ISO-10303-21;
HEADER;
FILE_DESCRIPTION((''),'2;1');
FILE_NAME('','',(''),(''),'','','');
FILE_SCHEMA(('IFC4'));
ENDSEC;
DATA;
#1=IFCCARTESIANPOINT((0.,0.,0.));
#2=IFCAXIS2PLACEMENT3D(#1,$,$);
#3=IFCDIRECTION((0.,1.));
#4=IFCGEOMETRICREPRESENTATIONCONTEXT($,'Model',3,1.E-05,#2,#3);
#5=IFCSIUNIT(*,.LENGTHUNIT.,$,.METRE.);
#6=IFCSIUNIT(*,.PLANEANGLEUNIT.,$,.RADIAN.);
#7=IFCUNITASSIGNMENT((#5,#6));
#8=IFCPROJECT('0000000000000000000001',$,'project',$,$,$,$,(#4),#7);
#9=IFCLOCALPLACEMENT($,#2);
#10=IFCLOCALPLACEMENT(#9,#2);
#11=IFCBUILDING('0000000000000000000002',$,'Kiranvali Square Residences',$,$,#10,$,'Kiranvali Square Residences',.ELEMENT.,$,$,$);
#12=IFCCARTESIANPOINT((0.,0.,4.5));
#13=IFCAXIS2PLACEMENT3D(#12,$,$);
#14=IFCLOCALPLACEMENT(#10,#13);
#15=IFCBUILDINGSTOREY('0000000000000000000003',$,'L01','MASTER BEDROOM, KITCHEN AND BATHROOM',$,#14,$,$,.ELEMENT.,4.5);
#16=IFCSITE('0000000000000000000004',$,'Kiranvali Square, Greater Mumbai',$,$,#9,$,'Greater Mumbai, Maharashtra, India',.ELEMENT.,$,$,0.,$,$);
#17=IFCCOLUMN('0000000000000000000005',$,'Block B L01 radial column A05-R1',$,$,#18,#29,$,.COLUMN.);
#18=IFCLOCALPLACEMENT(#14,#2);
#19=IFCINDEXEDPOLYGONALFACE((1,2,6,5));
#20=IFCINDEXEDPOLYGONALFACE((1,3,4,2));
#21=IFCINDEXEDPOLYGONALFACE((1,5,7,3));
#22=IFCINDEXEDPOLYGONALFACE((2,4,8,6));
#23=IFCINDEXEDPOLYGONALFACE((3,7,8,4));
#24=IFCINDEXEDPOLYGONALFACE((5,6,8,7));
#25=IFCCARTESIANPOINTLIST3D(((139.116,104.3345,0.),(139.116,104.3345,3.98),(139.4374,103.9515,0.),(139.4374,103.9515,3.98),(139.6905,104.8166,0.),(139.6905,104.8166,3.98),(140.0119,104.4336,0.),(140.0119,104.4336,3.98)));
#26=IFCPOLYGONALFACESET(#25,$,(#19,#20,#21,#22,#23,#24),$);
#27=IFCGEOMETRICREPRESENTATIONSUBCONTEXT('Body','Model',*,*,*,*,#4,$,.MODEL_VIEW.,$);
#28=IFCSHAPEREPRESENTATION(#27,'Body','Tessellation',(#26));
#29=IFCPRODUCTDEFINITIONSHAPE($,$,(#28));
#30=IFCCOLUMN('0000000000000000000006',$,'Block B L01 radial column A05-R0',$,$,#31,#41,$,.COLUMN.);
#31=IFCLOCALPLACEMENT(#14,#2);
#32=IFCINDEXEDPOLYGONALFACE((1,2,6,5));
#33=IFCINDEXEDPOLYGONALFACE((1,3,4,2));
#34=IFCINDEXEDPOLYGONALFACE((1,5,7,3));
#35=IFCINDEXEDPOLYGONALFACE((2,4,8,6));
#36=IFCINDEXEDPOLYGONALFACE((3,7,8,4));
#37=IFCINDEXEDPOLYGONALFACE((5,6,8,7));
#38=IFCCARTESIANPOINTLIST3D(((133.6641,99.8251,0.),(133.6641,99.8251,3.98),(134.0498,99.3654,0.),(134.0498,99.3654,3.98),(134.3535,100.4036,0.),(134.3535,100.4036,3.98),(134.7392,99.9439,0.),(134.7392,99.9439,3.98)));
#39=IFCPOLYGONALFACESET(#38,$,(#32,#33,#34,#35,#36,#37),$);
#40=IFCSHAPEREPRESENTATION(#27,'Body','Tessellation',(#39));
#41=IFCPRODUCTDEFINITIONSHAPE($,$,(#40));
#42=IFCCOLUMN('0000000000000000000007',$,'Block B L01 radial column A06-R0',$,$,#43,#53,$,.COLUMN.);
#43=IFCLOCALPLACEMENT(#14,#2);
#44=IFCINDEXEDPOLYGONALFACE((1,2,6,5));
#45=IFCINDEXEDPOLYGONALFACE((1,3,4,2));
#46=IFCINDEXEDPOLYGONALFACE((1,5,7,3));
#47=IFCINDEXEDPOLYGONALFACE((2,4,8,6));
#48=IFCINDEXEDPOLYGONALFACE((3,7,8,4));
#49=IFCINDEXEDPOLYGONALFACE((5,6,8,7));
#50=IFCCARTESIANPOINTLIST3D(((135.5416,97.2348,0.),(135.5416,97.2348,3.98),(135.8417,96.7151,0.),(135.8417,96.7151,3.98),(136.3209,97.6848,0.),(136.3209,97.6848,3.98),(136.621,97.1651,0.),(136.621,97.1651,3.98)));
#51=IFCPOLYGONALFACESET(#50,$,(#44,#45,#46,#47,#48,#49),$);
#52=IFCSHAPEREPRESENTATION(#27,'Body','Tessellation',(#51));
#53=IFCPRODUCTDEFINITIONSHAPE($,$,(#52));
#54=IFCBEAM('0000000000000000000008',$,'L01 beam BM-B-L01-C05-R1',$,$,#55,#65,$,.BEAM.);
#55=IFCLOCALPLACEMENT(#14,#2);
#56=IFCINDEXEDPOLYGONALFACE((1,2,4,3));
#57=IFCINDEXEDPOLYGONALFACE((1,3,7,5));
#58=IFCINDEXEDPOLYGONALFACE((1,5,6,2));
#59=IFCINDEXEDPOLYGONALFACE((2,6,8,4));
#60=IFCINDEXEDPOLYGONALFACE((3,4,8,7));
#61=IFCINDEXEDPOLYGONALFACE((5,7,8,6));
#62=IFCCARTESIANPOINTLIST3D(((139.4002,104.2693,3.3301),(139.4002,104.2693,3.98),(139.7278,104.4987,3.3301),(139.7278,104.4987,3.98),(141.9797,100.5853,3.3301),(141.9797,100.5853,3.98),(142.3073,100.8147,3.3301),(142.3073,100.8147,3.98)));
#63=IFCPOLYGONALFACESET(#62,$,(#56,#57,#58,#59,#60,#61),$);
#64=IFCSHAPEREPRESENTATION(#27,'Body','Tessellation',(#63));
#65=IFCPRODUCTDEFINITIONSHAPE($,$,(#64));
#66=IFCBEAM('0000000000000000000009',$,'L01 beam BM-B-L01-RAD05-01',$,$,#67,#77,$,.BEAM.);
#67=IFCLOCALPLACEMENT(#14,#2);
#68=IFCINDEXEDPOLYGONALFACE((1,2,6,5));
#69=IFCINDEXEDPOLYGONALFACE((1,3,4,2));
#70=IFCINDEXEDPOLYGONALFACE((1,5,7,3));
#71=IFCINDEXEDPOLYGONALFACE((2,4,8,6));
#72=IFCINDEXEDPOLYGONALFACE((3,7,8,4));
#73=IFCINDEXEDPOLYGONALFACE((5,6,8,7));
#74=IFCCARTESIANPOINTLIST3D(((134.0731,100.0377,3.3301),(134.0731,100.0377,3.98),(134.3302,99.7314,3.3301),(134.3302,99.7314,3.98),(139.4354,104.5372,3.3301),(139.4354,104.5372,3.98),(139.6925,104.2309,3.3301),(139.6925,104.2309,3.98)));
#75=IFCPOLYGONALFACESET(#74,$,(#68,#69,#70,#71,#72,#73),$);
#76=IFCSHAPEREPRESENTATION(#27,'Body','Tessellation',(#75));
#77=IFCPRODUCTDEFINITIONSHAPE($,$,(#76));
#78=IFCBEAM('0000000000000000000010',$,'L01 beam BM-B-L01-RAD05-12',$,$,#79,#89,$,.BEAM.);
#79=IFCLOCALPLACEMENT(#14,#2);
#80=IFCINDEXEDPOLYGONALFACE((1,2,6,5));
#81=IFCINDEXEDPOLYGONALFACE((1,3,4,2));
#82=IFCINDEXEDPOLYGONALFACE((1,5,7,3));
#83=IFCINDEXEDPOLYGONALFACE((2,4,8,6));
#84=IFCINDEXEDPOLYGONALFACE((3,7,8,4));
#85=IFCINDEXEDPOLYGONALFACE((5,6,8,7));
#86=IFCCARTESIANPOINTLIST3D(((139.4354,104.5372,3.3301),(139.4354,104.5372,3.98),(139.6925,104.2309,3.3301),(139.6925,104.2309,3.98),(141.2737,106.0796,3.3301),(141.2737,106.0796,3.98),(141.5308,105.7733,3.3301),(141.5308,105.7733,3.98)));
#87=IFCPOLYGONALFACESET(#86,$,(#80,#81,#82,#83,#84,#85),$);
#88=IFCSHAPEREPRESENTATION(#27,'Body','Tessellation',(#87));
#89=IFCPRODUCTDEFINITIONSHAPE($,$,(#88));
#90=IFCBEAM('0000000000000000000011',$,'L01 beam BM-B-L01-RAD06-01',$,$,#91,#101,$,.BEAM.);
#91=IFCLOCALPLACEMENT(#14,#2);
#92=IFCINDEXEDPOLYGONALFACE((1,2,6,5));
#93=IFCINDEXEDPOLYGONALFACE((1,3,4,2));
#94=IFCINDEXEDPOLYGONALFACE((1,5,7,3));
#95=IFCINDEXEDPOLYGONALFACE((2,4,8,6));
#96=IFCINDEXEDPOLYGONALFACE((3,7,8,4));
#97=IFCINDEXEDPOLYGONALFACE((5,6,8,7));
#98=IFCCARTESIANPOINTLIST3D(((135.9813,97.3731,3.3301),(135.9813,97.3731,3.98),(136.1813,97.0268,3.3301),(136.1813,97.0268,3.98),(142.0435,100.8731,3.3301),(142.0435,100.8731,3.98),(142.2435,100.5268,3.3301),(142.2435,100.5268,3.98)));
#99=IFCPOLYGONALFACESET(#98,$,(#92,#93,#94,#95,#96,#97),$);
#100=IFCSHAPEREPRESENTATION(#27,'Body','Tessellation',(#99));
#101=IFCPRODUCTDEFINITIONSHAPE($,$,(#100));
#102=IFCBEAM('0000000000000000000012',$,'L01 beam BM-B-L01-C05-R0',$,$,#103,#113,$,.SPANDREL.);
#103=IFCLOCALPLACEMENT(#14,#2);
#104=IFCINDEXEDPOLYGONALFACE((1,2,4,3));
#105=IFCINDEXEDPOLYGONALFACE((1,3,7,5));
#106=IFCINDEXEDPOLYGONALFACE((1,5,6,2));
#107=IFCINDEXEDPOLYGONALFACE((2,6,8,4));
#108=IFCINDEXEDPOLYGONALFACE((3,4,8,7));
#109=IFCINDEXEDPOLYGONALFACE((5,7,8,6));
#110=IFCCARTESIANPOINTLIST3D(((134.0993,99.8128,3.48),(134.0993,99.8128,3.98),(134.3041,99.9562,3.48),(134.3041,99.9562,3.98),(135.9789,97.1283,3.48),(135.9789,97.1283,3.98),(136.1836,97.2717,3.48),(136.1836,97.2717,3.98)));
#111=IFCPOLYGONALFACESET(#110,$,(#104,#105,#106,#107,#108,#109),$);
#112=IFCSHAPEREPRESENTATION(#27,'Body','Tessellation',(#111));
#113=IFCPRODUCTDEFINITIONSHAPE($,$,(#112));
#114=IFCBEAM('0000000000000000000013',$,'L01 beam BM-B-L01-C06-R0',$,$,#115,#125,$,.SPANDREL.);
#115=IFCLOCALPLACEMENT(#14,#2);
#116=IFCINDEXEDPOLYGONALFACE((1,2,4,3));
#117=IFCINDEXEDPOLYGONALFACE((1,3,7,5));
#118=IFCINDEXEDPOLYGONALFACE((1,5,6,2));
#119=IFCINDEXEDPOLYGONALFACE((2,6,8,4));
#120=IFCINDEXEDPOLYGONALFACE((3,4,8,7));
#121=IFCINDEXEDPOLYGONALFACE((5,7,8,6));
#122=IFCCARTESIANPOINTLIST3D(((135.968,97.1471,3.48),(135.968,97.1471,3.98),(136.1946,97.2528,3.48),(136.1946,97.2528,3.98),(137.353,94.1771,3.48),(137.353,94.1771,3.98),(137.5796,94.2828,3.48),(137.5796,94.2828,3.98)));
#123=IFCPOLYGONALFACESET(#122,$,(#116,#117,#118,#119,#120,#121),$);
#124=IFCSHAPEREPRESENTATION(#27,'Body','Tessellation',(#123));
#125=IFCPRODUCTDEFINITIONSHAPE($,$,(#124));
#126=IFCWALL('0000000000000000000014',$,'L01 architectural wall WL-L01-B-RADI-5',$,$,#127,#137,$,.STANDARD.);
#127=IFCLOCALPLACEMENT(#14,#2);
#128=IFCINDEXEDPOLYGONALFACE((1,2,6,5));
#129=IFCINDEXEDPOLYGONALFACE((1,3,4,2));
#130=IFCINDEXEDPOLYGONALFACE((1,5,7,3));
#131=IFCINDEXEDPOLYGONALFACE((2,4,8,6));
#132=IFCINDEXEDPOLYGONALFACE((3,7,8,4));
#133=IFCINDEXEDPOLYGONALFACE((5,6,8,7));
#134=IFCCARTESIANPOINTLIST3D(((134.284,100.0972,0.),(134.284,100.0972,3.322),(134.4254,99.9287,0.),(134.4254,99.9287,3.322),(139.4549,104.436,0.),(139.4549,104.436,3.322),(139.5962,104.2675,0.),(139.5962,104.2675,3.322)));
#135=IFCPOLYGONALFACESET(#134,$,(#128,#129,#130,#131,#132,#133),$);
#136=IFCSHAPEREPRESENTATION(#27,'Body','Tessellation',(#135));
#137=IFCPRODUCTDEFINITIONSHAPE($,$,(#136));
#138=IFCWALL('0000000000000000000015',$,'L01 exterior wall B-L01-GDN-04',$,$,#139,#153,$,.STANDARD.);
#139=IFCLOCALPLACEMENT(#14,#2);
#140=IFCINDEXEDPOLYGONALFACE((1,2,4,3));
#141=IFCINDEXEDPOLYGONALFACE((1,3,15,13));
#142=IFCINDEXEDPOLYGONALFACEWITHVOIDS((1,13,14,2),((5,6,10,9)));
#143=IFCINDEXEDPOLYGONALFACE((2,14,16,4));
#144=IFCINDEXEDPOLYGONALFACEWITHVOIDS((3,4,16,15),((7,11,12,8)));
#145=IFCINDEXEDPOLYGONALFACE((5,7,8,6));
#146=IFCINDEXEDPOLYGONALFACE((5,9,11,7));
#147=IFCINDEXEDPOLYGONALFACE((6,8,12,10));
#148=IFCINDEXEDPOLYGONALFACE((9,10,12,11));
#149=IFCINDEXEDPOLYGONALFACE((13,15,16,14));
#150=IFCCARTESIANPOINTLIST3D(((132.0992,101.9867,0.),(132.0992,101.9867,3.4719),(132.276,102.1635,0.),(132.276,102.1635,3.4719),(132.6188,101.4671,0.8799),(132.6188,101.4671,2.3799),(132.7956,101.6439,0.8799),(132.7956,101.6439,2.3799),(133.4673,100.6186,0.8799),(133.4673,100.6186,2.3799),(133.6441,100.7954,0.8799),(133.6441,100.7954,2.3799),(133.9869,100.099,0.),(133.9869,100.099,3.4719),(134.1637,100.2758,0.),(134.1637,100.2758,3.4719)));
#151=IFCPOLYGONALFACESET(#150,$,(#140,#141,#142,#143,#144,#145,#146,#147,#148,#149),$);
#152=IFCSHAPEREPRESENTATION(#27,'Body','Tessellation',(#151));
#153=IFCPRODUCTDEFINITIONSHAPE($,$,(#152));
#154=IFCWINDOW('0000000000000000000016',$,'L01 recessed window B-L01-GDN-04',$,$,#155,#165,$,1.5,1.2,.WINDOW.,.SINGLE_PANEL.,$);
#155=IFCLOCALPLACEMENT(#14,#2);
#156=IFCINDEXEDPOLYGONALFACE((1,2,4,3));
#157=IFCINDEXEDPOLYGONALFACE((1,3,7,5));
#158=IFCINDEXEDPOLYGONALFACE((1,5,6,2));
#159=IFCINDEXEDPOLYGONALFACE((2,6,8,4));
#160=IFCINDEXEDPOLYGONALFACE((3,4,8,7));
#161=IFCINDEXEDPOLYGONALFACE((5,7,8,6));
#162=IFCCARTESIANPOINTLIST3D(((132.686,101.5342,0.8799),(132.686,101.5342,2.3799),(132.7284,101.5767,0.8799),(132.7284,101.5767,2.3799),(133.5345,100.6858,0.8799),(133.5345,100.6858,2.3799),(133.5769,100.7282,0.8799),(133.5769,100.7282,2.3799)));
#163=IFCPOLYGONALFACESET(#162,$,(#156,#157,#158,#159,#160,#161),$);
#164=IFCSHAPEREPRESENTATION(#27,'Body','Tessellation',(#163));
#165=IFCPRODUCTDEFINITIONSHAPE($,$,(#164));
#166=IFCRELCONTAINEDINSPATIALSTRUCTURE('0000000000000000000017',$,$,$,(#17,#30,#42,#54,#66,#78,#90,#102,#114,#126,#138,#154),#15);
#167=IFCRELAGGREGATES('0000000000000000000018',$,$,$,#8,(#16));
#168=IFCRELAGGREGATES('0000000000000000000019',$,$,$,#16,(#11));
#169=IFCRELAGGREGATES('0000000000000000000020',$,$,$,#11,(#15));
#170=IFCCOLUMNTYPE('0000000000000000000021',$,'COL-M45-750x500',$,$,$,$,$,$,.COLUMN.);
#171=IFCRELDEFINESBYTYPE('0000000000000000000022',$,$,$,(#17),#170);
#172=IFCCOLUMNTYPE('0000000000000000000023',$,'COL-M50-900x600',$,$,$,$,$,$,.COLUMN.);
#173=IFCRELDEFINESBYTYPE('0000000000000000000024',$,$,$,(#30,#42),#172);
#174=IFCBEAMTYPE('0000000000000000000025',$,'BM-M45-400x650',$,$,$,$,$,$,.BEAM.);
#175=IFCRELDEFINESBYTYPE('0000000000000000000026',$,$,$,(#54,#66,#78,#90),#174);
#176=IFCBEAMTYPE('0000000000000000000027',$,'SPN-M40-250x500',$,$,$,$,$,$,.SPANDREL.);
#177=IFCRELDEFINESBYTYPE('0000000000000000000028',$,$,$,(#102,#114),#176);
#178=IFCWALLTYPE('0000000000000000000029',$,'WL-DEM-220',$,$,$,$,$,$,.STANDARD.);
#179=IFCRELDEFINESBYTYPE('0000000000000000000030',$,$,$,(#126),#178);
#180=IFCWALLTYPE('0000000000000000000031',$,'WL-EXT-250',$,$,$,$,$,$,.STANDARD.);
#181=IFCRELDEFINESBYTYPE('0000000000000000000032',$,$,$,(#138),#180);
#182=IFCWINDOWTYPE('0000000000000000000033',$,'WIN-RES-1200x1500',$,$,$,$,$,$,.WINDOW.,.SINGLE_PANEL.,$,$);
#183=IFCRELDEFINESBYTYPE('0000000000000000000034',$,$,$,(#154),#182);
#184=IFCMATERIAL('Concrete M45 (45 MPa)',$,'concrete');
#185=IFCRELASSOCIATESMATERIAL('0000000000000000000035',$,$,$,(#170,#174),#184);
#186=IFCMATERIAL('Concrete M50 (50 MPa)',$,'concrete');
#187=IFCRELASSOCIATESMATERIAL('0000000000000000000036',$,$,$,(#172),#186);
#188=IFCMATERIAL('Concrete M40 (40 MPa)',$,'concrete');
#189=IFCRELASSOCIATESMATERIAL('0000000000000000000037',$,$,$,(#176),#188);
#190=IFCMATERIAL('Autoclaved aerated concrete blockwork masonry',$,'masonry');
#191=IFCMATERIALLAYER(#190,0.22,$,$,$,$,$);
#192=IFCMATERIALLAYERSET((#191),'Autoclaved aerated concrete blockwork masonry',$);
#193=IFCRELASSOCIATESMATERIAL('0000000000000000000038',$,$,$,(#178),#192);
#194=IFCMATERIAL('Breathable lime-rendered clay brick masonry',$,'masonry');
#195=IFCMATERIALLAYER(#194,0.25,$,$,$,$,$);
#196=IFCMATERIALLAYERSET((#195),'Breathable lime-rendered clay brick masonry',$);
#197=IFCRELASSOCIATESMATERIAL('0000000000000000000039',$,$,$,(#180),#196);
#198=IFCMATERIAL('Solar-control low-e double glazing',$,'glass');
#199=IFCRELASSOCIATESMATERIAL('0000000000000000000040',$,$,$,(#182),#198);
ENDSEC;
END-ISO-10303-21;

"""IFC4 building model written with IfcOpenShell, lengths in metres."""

from ifc_helpers import new_model, si_unit, direction, frame, frame_2d, origin, origin_2d, place, context, subcontext, project, spatial, rectangle, extrude, material, layer, layer_set, material_profile, profile_set, type_object, element, fill, save


model = new_model("IFC4")

# Units and contexts
model_context = context("Model", 3, precision=1e-05, world=origin(), true_north=direction((0.0, 1.0)))
body_context = subcontext(model_context, "Body", "Model", "MODEL_VIEW")
ifc_project = project(units=[si_unit("LENGTHUNIT", "METRE"), si_unit("PLANEANGLEUNIT", "RADIAN")], contexts=[model_context])

# Site, building, storey
site_placement = place(None, origin())
site = spatial("IfcSite", under=ifc_project, at=site_placement, Name="Kiranvali Square, Greater Mumbai", LongName="Greater Mumbai, Maharashtra, India", CompositionType="ELEMENT", RefElevation=0.0)
building_placement = place(site_placement, origin())
building = spatial("IfcBuilding", under=site, at=building_placement, Name="Kiranvali Square Residences", LongName="Kiranvali Square Residences", CompositionType="ELEMENT")
storey_placement = place(building_placement, frame((0.0, 0.0, 4.5)))
storey = spatial("IfcBuildingStorey", under=building, at=storey_placement, Name="L01", Description="MASTER BEDROOM, KITCHEN AND BATHROOM", CompositionType="ELEMENT", Elevation=4.5)

# Columns
ifc_material_1 = material(Name="Concrete M45 (45 MPa)", Category="concrete")
ifc_material_profile_1 = material_profile(ifc_material_1, rectangle(XDim=0.5, YDim=0.75, at=origin_2d()), Name="RC 750x500")
ifc_profile_set_1 = profile_set([ifc_material_profile_1], Name="Concrete M45 (45 MPa)")
column_type_1 = type_object("IfcColumnType", Name="COL-M45-750x500", PredefinedType="COLUMN", material=ifc_profile_set_1)
column_placement = place(storey_placement, frame((139.564, 104.384, 0.0), z_axis=(0.0, 0.0, 1.0), x_axis=(-0.642788, 0.766044, 0.0)))
element("IfcColumn", 1, at=column_placement, inside=storey, type_object=column_type_1, Name="Block B L01 radial column A05-R1", PredefinedType="COLUMN", context=body_context, shape_type="SweptSolid", body=[
    extrude(rectangle(XDim=0.5, YDim=0.75, at=origin_2d()), origin(), (0.0, 0.0, 1.0), 3.98),
])
ifc_material_2 = material(Name="Concrete M50 (50 MPa)", Category="concrete")
ifc_material_profile_2 = material_profile(ifc_material_2, rectangle(XDim=0.6001, YDim=0.8999, at=origin_2d()), Name="RC 900x600")
ifc_profile_set_2 = profile_set([ifc_material_profile_2], Name="Concrete M50 (50 MPa)")
column_type_2 = type_object("IfcColumnType", Name="COL-M50-900x600", PredefinedType="COLUMN", material=ifc_profile_set_2)
for number, where, z_axis, x_axis, name in (
    (2, (134.2017, 99.8845, 0.0), (0.0, 0.0, 1.0), (-0.642788, 0.766044, 0.0), "Block B L01 radial column A05-R0"),
    (3, (136.0813, 97.2, 0.0), (0.0, 0.0, 1.0), (-0.5, 0.866025, 0.0), "Block B L01 radial column A06-R0"),
):
    element("IfcColumn", number, at=place(storey_placement, frame(where, z_axis=z_axis, x_axis=x_axis)), inside=storey, type_object=column_type_2, Name=name, PredefinedType="COLUMN", context=body_context, shape_type="SweptSolid", body=[
        extrude(rectangle(XDim=0.6001, YDim=0.8999, at=origin_2d()), origin(), (0.0, 0.0, 1.0), 3.98),
    ])

# Beams
ifc_material_profile_3 = material_profile(ifc_material_1, rectangle(XDim=0.3999, YDim=0.6499, at=origin_2d()), Name="RC 400x650")
ifc_profile_set_3 = profile_set([ifc_material_profile_3], Name="Concrete M45 (45 MPa)")
beam_type_1 = type_object("IfcBeamType", Name="BM-M45-400x650", PredefinedType="BEAM", material=ifc_profile_set_3)
beam_1_placement = place(storey_placement, frame((139.564, 104.384, 3.655), z_axis=(0.573572, -0.819155, 0.0), x_axis=(0.819155, 0.573572, 0.0)))
element("IfcBeam", 4, at=beam_1_placement, inside=storey, type_object=beam_type_1, Name="L01 beam BM-B-L01-C05-R1", PredefinedType="BEAM", context=body_context, shape_type="SweptSolid", body=[
    extrude(rectangle(XDim=0.3999, YDim=0.6499, at=origin_2d()), origin(), (0.0, 0.0, 1.0), 4.4973),
])
beam_2_placement = place(storey_placement, frame((134.2017, 99.8845, 3.655), z_axis=(0.766044, 0.642788, 0.0), x_axis=(-0.642788, 0.766044, 0.0)))
element("IfcBeam", 5, at=beam_2_placement, inside=storey, type_object=beam_type_1, Name="L01 beam BM-B-L01-RAD05-01", PredefinedType="BEAM", context=body_context, shape_type="SweptSolid", body=[
    extrude(rectangle(XDim=0.3999, YDim=0.6499, at=origin_2d()), origin(), (0.0, 0.0, 1.0), 7.0),
])
beam_3_placement = place(storey_placement, frame((139.564, 104.384, 3.655), z_axis=(0.766065, 0.642763, 0.0), x_axis=(-0.642763, 0.766065, 0.0)))
element("IfcBeam", 6, at=beam_3_placement, inside=storey, type_object=beam_type_1, Name="L01 beam BM-B-L01-RAD05-12", PredefinedType="BEAM", context=body_context, shape_type="SweptSolid", body=[
    extrude(rectangle(XDim=0.3999, YDim=0.6499, at=origin_2d()), origin(), (0.0, 0.0, 1.0), 2.3997),
])
beam_4_placement = place(storey_placement, frame((136.0813, 97.2, 3.655), z_axis=(0.866028, 0.499995, 0.0), x_axis=(-0.499995, 0.866028, 0.0)))
element("IfcBeam", 7, at=beam_4_placement, inside=storey, type_object=beam_type_1, Name="L01 beam BM-B-L01-RAD06-01", PredefinedType="BEAM", context=body_context, shape_type="SweptSolid", body=[
    extrude(rectangle(XDim=0.3999, YDim=0.6499, at=origin_2d()), origin(), (0.0, 0.0, 1.0), 7.0),
])
ifc_material_3 = material(Name="Concrete M40 (40 MPa)", Category="concrete")
ifc_material_profile_4 = material_profile(ifc_material_3, rectangle(XDim=0.25, YDim=0.5, at=origin_2d()), Name="RC 250x500")
ifc_profile_set_4 = profile_set([ifc_material_profile_4], Name="Concrete M40 (40 MPa)")
beam_type_2 = type_object("IfcBeamType", Name="SPN-M40-250x500", PredefinedType="SPANDREL", material=ifc_profile_set_4)
for number, where, z_axis, x_axis, name in (
    (8, (134.2017, 99.8845, 3.73), (0.573552, -0.819169, 0.0), (0.819169, 0.573552, 0.0), "L01 beam BM-B-L01-C05-R0"),
    (9, (136.0813, 97.2, 3.73), (0.422641, -0.906297, 0.0), (0.906297, 0.422641, 0.0), "L01 beam BM-B-L01-C06-R0"),
):
    element("IfcBeam", number, at=place(storey_placement, frame(where, z_axis=z_axis, x_axis=x_axis)), inside=storey, type_object=beam_type_2, Name=name, PredefinedType="SPANDREL", context=body_context, shape_type="SweptSolid", body=[
        extrude(rectangle(XDim=0.25, YDim=0.5, at=origin_2d()), origin(), (0.0, 0.0, 1.0), 3.2771),
    ])

# Wall
ifc_material_4 = material(Name="Autoclaved aerated concrete blockwork masonry", Category="masonry")
ifc_layer_1 = layer(ifc_material_4, 0.22)
ifc_layer_set_1 = layer_set([ifc_layer_1], Name="Autoclaved aerated concrete blockwork masonry")
wall_type_1 = type_object("IfcWallType", Name="WL-DEM-220", PredefinedType="STANDARD", material=ifc_layer_set_1)
wall_1_placement = place(storey_placement, frame((134.3547, 100.0129, 0.0), z_axis=(0.0, 0.0, 1.0), x_axis=(0.766047, 0.642785, 0.0)))
element("IfcWall", 10, at=wall_1_placement, inside=storey, type_object=wall_type_1, Name="L01 architectural wall WL-L01-B-RADI-5", PredefinedType="STANDARD", context=body_context, shape_type="SweptSolid", body=[
    extrude(rectangle(XDim=6.75, YDim=0.22, at=frame_2d((3.375, 0.0))), origin(), (0.0, 0.0, 1.0), 3.322),
])

# Wall, opening, window
ifc_material_5 = material(Name="Breathable lime-rendered clay brick masonry", Category="masonry")
ifc_layer_2 = layer(ifc_material_5, 0.25)
ifc_layer_set_2 = layer_set([ifc_layer_2], Name="Breathable lime-rendered clay brick masonry")
wall_type_2 = type_object("IfcWallType", Name="WL-EXT-250", PredefinedType="STANDARD", material=ifc_layer_set_2)
wall_2_placement = place(storey_placement, frame((132.1875, 102.0752, 0.0), z_axis=(0.0, 0.0, 1.0), x_axis=(0.707107, -0.707107, 0.0)))
wall_2 = element("IfcWall", 11, at=wall_2_placement, inside=storey, type_object=wall_type_2, Name="L01 exterior wall B-L01-GDN-04", PredefinedType="STANDARD", context=body_context, shape_type="SweptSolid", body=[
    extrude(rectangle(XDim=2.6697, YDim=0.25, at=frame_2d((1.335, 0.0))), origin(), (0.0, 0.0, 1.0), 3.4719),
])
opening_1_placement = place(wall_2_placement, frame((0.7349, 0.0, 0.8799)))
opening_1 = element("IfcOpeningElement", 12, at=opening_1_placement, cuts=wall_2, PredefinedType="OPENING", context=body_context, shape_type="SweptSolid", body=[
    extrude(rectangle(XDim=1.2, YDim=1.5, at=frame_2d((0.6001, 0.75))), frame((0.0, 0.135, 0.0), z_axis=(0.0, -1.0, 0.0), x_axis=(1.0, 0.0, 0.0)), (0.0, 0.0, 1.0), 0.27),
])
ifc_material_6 = material(Name="Solar-control low-e double glazing", Category="glass")
window_type_1 = type_object("IfcWindowType", Name="WIN-RES-1200x1500", PartitioningType="SINGLE_PANEL", PredefinedType="WINDOW", material=ifc_material_6)
window_1_placement = place(opening_1_placement, origin())
window_1 = element("IfcWindow", 13, at=window_1_placement, inside=storey, type_object=window_type_1, Name="L01 recessed window B-L01-GDN-04", OverallHeight=1.5, OverallWidth=1.2, PartitioningType="SINGLE_PANEL", PredefinedType="WINDOW", context=body_context, shape_type="SweptSolid", body=[
    extrude(rectangle(XDim=1.2, YDim=1.5, at=frame_2d((0.6001, 0.75))), frame((0.0, 0.03, 0.0), z_axis=(0.0, -1.0, 0.0), x_axis=(1.0, 0.0, 0.0)), (0.0, 0.0, 1.0), 0.0601),
])
fill(opening_1, window_1)

save(model, "model.ifc")
